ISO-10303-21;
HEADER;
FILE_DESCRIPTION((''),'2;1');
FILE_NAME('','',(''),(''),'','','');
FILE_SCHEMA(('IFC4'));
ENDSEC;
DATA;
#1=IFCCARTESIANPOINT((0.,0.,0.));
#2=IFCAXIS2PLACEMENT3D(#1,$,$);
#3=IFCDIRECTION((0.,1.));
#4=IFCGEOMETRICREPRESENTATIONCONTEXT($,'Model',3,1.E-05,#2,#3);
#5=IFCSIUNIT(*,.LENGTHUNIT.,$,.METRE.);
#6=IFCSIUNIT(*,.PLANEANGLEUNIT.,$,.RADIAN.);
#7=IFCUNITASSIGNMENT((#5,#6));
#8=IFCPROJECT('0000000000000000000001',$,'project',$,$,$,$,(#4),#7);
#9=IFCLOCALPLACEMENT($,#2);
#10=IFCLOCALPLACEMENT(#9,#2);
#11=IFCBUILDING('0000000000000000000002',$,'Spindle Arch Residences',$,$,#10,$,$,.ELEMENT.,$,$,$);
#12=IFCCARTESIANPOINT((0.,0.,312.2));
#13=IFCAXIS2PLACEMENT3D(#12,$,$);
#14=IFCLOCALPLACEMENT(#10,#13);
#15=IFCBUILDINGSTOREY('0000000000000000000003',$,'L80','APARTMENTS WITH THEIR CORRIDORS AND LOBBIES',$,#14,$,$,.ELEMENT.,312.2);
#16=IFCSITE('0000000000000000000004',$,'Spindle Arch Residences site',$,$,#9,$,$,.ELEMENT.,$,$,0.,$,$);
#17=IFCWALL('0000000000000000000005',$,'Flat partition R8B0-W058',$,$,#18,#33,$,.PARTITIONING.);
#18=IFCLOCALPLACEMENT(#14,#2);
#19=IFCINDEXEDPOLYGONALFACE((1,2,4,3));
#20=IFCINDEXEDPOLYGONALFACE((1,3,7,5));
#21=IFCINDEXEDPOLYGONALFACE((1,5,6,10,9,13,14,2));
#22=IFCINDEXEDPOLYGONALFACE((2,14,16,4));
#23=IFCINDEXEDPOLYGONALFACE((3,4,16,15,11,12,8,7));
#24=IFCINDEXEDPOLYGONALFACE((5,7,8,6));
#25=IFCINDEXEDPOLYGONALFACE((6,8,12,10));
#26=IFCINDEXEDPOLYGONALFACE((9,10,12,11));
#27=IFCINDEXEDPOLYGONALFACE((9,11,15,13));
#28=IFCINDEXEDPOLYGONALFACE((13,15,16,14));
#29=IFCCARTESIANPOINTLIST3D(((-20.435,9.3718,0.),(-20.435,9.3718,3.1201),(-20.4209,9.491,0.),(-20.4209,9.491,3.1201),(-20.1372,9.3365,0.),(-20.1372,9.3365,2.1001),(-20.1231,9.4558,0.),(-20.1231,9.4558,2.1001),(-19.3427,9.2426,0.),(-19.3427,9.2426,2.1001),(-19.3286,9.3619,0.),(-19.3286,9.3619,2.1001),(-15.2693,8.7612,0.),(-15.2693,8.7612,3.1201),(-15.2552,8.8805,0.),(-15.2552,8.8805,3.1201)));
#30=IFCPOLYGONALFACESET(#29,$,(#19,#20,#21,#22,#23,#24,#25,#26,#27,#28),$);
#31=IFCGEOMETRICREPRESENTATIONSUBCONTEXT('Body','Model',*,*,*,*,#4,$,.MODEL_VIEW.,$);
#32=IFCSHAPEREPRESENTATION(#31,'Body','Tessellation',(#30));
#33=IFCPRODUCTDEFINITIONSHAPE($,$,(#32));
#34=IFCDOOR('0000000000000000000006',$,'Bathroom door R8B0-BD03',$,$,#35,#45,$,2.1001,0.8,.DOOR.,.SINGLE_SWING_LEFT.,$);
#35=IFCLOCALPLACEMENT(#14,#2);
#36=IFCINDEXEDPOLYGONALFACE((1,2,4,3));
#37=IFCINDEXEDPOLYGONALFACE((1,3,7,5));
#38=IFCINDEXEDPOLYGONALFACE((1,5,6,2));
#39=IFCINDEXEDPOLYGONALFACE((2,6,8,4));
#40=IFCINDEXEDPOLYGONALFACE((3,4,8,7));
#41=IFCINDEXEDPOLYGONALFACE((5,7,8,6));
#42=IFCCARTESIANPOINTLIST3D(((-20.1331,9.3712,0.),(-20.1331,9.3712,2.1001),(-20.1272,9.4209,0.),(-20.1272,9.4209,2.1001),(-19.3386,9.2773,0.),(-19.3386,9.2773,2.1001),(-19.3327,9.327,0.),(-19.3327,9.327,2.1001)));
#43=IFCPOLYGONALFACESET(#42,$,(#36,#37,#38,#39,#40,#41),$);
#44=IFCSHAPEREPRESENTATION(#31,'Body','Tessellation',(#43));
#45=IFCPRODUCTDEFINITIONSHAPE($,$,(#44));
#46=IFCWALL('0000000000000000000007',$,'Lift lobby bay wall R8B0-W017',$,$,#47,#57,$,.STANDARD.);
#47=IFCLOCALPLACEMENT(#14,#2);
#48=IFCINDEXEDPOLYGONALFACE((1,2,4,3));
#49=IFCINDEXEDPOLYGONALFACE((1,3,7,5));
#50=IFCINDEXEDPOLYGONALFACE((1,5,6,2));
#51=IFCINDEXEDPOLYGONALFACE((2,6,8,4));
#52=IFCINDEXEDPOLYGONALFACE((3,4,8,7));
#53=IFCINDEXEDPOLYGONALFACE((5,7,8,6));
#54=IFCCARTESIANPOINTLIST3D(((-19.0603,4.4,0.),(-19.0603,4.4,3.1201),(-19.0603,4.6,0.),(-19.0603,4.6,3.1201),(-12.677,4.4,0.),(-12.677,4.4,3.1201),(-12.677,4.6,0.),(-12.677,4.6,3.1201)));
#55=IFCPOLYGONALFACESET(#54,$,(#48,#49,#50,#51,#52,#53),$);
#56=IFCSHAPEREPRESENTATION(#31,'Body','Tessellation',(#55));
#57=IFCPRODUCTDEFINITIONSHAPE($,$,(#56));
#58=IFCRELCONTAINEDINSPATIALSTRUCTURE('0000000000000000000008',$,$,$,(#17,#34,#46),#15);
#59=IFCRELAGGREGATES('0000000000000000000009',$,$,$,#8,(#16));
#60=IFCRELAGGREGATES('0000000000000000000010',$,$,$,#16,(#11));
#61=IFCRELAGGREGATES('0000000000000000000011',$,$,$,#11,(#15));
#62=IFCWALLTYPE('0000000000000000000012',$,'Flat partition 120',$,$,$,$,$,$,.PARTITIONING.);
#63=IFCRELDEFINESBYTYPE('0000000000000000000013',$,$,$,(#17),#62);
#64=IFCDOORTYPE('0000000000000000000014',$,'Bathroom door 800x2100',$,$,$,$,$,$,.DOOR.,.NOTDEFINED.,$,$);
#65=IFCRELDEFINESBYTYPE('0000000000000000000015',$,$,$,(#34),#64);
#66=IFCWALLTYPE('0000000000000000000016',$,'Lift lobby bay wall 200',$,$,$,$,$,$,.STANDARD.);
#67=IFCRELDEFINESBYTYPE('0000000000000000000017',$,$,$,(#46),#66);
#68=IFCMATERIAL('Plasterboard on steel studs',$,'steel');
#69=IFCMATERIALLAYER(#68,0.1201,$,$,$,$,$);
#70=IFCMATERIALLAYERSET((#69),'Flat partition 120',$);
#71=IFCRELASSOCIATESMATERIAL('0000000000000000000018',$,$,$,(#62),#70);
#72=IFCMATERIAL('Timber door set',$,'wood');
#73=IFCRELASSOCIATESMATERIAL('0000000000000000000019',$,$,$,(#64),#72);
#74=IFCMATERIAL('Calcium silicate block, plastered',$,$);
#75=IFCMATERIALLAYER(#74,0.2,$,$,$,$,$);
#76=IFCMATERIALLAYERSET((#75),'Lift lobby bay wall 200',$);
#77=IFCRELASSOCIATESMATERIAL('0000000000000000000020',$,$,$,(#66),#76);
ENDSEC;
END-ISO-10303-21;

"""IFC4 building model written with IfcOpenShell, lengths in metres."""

from ifc_helpers import new_model, si_unit, direction, frame, frame_2d, origin, place, context, subcontext, project, spatial, rectangle, extrude, material, layer, layer_set, type_object, element, fill, save


model = new_model("IFC4")

# Units and contexts
model_context = context("Model", 3, precision=1e-05, world=origin(), true_north=direction((0.0, 1.0)))
body_context = subcontext(model_context, "Body", "Model", "MODEL_VIEW")
ifc_project = project(units=[si_unit("LENGTHUNIT", "METRE"), si_unit("PLANEANGLEUNIT", "RADIAN")], contexts=[model_context])

# Site, building, storey
site_placement = place(None, origin())
site = spatial("IfcSite", under=ifc_project, at=site_placement, Name="Spindle Arch Residences site", CompositionType="ELEMENT", RefElevation=0.0)
building_placement = place(site_placement, origin())
building = spatial("IfcBuilding", under=site, at=building_placement, Name="Spindle Arch Residences", CompositionType="ELEMENT")
storey_placement = place(building_placement, frame((0.0, 0.0, 312.2)))
storey = spatial("IfcBuildingStorey", under=building, at=storey_placement, Name="L80", Description="APARTMENTS WITH THEIR CORRIDORS AND LOBBIES", CompositionType="ELEMENT", Elevation=312.2)

# Shared definitions
ifc_material_1 = material(Name="Plasterboard on steel studs", Category="steel")
ifc_layer_1 = layer(ifc_material_1, 0.1201)
ifc_layer_set_1 = layer_set([ifc_layer_1], Name="Flat partition 120")
wall_type_1 = type_object("IfcWallType", Name="Flat partition 120", PredefinedType="PARTITIONING", material=ifc_layer_set_1)

# Wall, opening, door
wall_1_placement = place(storey_placement, frame((-20.428, 9.4314, 0.0), z_axis=(0.0, 0.0, 1.0), x_axis=(0.993087, -0.117383, 0.0)))
wall_1 = element("IfcWall", 1, at=wall_1_placement, inside=storey, type_object=wall_type_1, Name="Flat partition R8B0-W058", PredefinedType="PARTITIONING", context=body_context, shape_type="SweptSolid", body=[
    extrude(rectangle(XDim=5.2017, YDim=0.1201, at=frame_2d((2.6008, 0.0))), origin(), (0.0, 0.0, 1.0), 3.1201),
])
opening_1_placement = place(wall_1_placement, frame((0.3, 0.0, 0.0)))
opening_1 = element("IfcOpeningElement", 2, at=opening_1_placement, cuts=wall_1, PredefinedType="OPENING", context=body_context, shape_type="SweptSolid", body=[
    extrude(rectangle(XDim=0.8, YDim=2.1001, at=frame_2d((0.3999, 1.05))), frame((0.0, 0.0701, 0.0), z_axis=(0.0, -1.0, 0.0), x_axis=(1.0, 0.0, 0.0)), (0.0, 0.0, 1.0), 0.1401),
])
ifc_material_2 = material(Name="Timber door set", Category="wood")
door_type_1 = type_object("IfcDoorType", Name="Bathroom door 800x2100", OperationType="NOTDEFINED", PredefinedType="DOOR", material=ifc_material_2)
door_1_placement = place(opening_1_placement, origin())
door_1 = element("IfcDoor", 3, at=door_1_placement, inside=storey, type_object=door_type_1, Name="Bathroom door R8B0-BD03", OperationType="SINGLE_SWING_LEFT", OverallHeight=2.1001, OverallWidth=0.8, PredefinedType="DOOR", context=body_context, shape_type="SweptSolid", body=[
    extrude(rectangle(XDim=0.8, YDim=2.1001, at=frame_2d((0.3999, 1.05))), frame((0.0, 0.0249, 0.0), z_axis=(0.0, -1.0, 0.0), x_axis=(1.0, 0.0, 0.0)), (0.0, 0.0, 1.0), 0.05),
])
fill(opening_1, door_1)

# Wall
ifc_material_3 = material(Name="Calcium silicate block, plastered")
ifc_layer_2 = layer(ifc_material_3, 0.2)
ifc_layer_set_2 = layer_set([ifc_layer_2], Name="Lift lobby bay wall 200")
wall_type_2 = type_object("IfcWallType", Name="Lift lobby bay wall 200", PredefinedType="STANDARD", material=ifc_layer_set_2)
wall_2_placement = place(storey_placement, frame((-12.677, 4.5, 0.0), z_axis=(0.0, 0.0, 1.0), x_axis=(-1.0, 0.0, 0.0)))
element("IfcWall", 4, at=wall_2_placement, inside=storey, type_object=wall_type_2, Name="Lift lobby bay wall R8B0-W017", PredefinedType="STANDARD", context=body_context, shape_type="SweptSolid", body=[
    extrude(rectangle(XDim=6.3833, YDim=0.2, at=frame_2d((3.1917, 0.0))), origin(), (0.0, 0.0, 1.0), 3.1201),
])

save(model, "model.ifc")
